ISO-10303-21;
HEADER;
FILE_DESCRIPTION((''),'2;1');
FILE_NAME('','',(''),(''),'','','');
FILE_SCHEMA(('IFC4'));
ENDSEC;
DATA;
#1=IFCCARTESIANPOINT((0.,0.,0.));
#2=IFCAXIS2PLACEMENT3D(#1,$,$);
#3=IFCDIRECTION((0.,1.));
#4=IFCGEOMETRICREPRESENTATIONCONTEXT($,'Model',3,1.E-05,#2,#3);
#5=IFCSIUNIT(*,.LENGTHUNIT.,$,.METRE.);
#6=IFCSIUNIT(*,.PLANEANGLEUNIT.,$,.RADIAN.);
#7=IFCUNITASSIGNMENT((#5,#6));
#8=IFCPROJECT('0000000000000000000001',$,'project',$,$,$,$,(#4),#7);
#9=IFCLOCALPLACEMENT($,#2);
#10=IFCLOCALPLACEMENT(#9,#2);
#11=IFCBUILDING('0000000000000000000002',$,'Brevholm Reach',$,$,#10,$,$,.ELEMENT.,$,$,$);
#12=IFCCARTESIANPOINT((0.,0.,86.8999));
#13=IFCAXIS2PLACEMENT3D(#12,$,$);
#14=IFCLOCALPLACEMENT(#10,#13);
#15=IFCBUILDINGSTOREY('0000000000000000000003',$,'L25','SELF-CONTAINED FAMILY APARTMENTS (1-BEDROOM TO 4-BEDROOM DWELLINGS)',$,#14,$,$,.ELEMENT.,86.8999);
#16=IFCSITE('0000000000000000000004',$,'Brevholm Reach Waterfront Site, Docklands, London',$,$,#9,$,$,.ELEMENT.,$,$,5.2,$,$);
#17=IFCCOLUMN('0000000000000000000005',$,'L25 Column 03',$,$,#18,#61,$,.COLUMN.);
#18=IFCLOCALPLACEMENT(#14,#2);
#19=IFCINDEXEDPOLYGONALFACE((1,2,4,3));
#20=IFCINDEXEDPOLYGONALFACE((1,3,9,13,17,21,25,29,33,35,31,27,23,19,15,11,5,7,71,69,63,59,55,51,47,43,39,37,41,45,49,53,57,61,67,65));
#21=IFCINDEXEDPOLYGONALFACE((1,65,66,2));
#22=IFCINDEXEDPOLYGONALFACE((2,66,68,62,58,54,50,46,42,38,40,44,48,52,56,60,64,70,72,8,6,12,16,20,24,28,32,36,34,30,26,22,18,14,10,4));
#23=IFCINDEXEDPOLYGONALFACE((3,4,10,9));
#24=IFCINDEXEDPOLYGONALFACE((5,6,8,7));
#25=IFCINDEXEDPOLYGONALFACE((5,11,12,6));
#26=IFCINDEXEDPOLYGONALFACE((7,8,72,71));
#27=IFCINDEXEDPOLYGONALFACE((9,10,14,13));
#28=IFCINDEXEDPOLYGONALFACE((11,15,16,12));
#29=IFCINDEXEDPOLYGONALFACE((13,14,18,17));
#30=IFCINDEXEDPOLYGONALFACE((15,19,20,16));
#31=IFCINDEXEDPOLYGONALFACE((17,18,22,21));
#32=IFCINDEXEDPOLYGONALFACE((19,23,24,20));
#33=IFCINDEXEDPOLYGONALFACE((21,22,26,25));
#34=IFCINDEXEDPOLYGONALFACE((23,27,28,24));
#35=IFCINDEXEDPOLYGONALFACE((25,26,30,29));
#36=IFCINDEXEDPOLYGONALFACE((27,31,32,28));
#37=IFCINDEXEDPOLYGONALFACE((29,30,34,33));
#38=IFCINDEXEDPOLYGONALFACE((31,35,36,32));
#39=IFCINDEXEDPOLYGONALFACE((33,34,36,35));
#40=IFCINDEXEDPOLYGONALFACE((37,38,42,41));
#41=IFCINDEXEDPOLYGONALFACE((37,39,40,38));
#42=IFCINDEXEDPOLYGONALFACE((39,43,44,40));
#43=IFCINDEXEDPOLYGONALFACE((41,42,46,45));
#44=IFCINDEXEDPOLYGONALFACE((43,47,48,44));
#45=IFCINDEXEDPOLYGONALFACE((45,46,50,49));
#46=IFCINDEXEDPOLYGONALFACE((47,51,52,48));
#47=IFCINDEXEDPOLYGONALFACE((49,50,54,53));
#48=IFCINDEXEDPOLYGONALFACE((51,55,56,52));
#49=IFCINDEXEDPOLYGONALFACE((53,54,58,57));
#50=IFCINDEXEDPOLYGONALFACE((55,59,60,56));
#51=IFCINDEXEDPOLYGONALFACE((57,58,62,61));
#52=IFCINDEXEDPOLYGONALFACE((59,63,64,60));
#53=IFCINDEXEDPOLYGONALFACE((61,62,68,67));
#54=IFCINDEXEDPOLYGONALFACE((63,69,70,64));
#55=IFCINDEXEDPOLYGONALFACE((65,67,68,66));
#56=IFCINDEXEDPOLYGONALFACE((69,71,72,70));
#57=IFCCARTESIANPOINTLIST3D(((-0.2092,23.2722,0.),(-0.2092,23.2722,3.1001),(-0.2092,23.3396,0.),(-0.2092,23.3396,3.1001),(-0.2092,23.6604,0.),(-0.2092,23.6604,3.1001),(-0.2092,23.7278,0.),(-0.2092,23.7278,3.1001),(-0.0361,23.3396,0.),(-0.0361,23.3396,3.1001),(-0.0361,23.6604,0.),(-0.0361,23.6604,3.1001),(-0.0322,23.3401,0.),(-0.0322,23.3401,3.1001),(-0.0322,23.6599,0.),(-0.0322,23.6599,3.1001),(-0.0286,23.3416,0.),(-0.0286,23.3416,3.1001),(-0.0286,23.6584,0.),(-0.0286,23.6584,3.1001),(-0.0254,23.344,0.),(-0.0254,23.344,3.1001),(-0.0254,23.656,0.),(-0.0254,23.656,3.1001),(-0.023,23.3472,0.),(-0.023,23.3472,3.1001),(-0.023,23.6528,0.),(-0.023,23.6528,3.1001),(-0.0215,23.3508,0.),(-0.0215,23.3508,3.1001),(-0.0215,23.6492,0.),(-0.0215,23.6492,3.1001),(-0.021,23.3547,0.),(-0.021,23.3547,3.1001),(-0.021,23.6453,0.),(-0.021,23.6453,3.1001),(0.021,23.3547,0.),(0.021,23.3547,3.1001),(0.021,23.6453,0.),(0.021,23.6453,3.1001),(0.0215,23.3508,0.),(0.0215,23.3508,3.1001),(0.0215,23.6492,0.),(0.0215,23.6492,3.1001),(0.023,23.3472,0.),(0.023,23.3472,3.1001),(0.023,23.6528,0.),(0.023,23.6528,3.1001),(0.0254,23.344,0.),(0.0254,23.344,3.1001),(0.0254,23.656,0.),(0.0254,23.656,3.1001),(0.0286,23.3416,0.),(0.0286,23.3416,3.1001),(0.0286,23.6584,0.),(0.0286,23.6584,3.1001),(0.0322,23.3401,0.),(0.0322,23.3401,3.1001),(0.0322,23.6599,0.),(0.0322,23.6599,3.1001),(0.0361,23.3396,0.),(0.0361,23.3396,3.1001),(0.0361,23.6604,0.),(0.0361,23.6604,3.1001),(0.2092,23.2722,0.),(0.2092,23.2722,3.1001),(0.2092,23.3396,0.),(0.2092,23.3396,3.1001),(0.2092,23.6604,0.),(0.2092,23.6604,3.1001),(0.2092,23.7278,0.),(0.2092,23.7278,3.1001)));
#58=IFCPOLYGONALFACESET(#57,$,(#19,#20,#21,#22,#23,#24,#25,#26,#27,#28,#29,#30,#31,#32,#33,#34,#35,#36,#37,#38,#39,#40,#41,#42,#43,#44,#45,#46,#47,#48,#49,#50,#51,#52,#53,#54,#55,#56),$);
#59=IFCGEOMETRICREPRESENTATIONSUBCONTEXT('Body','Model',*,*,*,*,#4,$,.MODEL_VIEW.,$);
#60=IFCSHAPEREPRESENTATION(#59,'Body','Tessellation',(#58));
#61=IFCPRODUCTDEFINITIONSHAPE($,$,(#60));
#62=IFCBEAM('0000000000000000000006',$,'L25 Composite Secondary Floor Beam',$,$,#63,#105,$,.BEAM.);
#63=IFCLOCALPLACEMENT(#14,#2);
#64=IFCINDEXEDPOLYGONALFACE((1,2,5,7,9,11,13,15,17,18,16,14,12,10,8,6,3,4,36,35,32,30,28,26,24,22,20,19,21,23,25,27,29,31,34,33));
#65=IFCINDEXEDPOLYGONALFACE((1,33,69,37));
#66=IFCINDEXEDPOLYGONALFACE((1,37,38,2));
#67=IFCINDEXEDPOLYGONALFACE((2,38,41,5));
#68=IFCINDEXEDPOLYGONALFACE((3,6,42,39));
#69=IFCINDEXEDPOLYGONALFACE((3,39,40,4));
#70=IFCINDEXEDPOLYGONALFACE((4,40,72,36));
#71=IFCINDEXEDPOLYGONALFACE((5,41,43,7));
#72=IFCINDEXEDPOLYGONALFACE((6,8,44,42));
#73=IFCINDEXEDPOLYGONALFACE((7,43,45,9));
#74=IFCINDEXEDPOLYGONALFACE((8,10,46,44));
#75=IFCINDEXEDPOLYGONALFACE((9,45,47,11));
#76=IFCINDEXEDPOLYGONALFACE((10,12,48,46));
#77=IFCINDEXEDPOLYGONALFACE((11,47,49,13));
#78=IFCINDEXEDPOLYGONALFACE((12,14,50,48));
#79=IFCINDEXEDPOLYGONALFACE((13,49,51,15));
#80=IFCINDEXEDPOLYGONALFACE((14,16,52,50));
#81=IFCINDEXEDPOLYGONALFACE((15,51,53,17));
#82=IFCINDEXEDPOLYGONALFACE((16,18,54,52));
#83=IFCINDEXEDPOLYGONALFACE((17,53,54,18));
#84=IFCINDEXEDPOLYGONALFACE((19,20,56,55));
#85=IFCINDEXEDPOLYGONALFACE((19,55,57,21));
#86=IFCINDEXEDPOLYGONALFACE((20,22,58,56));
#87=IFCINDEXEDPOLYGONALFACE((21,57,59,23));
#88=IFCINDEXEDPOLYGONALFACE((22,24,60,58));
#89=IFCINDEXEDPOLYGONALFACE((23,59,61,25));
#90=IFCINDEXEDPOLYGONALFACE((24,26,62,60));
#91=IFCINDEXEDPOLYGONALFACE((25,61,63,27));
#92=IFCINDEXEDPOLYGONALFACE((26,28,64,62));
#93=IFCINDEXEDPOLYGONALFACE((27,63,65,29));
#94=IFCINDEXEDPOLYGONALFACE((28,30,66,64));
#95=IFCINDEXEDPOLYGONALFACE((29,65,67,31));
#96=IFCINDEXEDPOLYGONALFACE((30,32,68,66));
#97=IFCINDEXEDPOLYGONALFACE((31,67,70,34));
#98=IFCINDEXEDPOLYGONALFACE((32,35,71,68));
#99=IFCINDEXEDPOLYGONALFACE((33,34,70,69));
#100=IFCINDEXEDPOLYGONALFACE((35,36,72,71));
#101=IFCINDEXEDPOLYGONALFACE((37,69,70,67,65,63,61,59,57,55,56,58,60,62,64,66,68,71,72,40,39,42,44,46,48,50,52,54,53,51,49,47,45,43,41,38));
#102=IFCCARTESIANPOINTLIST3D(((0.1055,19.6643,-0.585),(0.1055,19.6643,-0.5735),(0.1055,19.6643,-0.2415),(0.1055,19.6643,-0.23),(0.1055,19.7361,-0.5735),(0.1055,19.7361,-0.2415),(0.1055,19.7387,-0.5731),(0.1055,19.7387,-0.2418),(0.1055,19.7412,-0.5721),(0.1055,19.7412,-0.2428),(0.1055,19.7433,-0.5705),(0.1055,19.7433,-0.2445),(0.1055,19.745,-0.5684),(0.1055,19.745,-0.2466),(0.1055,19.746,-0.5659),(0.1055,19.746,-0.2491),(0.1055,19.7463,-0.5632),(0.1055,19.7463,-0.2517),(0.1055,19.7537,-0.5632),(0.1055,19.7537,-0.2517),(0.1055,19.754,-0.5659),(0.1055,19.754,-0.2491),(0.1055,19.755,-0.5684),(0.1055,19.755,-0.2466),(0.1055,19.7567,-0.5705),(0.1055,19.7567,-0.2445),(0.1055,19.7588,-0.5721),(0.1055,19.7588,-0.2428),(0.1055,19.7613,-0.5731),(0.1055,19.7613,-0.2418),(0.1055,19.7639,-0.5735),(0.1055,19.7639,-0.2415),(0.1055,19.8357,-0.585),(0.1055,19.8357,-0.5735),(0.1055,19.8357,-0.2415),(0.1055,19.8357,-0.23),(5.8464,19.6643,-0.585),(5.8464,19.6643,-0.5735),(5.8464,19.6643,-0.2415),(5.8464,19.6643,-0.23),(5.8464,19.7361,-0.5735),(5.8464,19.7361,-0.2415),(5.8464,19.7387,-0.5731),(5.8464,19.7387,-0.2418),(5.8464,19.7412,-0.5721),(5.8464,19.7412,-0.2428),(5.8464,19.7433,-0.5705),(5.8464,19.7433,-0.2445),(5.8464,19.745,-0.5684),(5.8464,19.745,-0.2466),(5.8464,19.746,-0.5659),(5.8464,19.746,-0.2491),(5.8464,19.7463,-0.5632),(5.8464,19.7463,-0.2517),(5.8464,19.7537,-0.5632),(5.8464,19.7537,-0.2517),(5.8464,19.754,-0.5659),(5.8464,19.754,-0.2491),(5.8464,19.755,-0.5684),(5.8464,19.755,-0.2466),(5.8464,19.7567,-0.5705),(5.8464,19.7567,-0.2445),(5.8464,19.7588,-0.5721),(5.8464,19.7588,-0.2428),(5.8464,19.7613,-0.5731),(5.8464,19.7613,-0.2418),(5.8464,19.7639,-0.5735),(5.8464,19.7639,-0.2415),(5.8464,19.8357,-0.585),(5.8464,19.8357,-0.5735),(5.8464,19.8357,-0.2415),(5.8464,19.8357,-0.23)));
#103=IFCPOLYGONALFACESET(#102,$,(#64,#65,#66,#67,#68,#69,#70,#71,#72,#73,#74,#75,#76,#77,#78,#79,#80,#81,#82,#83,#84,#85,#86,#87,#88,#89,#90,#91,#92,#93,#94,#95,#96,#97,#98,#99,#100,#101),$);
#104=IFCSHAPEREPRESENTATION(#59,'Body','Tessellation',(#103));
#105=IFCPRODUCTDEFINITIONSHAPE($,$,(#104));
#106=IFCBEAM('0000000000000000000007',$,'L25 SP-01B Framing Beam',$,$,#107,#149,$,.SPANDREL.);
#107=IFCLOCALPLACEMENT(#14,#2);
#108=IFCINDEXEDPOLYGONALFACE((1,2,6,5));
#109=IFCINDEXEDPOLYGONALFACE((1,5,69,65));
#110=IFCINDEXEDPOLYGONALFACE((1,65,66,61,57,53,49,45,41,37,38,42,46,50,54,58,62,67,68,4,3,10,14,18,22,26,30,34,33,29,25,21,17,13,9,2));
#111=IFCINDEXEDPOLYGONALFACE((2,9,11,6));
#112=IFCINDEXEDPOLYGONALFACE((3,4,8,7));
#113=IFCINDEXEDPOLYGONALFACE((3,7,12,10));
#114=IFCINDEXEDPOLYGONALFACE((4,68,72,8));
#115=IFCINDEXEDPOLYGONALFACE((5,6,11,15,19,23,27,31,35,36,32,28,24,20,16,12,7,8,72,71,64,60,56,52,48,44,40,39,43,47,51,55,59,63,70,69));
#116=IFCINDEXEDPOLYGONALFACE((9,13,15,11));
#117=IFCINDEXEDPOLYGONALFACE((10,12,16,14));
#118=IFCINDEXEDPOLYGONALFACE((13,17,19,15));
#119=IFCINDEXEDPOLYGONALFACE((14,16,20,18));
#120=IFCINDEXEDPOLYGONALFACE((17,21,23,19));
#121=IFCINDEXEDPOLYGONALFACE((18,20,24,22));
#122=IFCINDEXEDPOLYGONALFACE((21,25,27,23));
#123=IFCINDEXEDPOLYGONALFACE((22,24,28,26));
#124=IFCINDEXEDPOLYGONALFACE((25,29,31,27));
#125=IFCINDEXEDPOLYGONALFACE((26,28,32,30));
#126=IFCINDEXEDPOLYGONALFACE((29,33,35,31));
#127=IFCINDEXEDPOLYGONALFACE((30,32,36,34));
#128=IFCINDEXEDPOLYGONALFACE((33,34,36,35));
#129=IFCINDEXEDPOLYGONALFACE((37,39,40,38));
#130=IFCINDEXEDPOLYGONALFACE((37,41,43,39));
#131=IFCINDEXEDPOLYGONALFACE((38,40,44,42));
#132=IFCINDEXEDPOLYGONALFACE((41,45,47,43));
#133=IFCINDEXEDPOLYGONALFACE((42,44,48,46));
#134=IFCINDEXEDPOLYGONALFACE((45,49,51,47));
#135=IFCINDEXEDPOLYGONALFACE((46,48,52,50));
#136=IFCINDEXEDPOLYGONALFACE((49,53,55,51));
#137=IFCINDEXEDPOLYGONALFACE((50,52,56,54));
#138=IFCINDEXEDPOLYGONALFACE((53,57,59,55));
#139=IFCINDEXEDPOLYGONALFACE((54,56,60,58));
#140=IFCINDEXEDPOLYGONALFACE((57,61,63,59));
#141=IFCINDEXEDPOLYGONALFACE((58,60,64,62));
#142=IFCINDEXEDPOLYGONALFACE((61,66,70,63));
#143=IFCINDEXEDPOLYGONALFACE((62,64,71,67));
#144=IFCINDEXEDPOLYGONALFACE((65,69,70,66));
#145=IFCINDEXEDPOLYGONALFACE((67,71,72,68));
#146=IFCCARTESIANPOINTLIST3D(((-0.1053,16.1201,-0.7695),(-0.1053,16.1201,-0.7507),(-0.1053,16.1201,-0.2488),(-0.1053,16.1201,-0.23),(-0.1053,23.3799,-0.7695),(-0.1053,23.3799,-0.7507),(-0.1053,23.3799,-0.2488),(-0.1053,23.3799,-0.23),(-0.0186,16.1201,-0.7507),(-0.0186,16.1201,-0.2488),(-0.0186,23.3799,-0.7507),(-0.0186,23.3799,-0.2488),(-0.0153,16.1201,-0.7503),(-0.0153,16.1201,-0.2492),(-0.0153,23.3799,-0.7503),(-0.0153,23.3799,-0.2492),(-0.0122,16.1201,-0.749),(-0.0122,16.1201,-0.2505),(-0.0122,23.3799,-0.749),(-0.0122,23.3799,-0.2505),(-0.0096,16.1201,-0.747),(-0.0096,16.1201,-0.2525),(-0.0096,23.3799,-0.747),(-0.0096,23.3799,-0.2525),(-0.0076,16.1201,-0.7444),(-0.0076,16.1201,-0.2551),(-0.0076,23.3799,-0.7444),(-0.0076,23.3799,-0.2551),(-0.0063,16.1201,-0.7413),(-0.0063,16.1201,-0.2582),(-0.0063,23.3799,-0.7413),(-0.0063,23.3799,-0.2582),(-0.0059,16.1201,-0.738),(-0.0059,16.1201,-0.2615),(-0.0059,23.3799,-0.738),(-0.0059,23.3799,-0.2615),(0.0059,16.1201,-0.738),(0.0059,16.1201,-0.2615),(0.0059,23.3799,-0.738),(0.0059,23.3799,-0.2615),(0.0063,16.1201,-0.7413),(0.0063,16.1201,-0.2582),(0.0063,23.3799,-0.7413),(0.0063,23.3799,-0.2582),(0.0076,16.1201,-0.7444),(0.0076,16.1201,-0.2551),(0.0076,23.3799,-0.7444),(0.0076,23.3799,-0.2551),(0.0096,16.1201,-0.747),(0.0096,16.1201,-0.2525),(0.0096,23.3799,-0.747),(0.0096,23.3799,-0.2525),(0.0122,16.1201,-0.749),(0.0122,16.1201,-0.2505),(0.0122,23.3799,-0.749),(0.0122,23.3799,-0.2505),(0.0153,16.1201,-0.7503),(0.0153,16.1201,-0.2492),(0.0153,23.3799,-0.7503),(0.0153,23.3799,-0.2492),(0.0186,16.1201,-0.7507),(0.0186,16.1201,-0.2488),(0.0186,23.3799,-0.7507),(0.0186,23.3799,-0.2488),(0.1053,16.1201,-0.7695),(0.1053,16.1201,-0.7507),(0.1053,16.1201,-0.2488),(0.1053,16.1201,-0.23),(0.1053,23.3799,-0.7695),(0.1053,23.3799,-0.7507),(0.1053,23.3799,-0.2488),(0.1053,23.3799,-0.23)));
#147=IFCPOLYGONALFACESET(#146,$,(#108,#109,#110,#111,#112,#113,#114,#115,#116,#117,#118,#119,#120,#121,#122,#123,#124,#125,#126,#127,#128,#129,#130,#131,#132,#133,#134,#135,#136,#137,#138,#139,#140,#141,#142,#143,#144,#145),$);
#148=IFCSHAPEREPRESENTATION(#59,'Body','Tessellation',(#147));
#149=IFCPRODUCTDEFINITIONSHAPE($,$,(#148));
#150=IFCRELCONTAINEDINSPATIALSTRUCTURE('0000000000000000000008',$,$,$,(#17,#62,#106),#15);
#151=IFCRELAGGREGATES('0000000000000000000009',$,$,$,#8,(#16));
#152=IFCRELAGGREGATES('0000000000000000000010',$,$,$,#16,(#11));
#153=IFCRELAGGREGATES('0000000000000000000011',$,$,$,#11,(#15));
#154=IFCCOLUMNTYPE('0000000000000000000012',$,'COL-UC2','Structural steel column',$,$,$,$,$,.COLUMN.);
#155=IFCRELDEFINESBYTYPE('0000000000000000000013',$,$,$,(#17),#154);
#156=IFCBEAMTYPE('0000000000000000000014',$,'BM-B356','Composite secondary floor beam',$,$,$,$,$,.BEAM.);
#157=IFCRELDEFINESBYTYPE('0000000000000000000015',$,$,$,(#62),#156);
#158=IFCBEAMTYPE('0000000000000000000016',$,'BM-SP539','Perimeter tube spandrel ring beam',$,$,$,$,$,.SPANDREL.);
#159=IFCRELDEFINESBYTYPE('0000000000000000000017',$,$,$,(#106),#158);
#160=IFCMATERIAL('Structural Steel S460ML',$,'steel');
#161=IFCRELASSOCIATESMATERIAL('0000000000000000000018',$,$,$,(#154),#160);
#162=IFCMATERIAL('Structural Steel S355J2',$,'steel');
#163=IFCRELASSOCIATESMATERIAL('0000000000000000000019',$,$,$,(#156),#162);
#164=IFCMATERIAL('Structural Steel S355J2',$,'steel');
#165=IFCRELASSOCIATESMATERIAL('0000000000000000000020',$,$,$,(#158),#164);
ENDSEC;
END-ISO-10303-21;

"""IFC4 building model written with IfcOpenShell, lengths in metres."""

from ifc_helpers import new_model, si_unit, direction, frame, origin, origin_2d, place, context, subcontext, project, spatial, i_section, extrude, material, material_profile, profile_set, type_object, element, save


model = new_model("IFC4")

# Units and contexts
model_context = context("Model", 3, precision=1e-05, world=origin(), true_north=direction((0.0, 1.0)))
body_context = subcontext(model_context, "Body", "Model", "MODEL_VIEW")
ifc_project = project(units=[si_unit("LENGTHUNIT", "METRE"), si_unit("PLANEANGLEUNIT", "RADIAN")], contexts=[model_context])

# Site, building, storey
site_placement = place(None, origin())
site = spatial("IfcSite", under=ifc_project, at=site_placement, Name="Brevholm Reach Waterfront Site, Docklands, London", CompositionType="ELEMENT", RefElevation=5.2)
building_placement = place(site_placement, origin())
building = spatial("IfcBuilding", under=site, at=building_placement, Name="Brevholm Reach", CompositionType="ELEMENT")
storey_placement = place(building_placement, frame((0.0, 0.0, 86.8999)))
storey = spatial("IfcBuildingStorey", under=building, at=storey_placement, Name="L25", Description="SELF-CONTAINED FAMILY APARTMENTS (1-BEDROOM TO 4-BEDROOM DWELLINGS)", CompositionType="ELEMENT", Elevation=86.8999)

# Column
ifc_material_1 = material(Name="Structural Steel S460ML", Category="steel")
ifc_material_profile_1 = material_profile(ifc_material_1, i_section(OverallWidth=0.4185, OverallDepth=0.4556, WebThickness=0.042, FlangeThickness=0.0674, FilletRadius=0.0151, at=origin_2d()), Name="UKC 356x406x551")
ifc_profile_set_1 = profile_set([ifc_material_profile_1], Name="Structural Steel S460ML")
column_type = type_object("IfcColumnType", Name="COL-UC2", Description="Structural steel column", PredefinedType="COLUMN", material=ifc_profile_set_1)
column_placement = place(storey_placement, frame((0.0, 23.5, 0.0), z_axis=(0.0, 0.0, 1.0), x_axis=(1.0, 0.0, 0.0)))
element("IfcColumn", 1, at=column_placement, inside=storey, type_object=column_type, Name="L25 Column 03", PredefinedType="COLUMN", context=body_context, shape_type="SweptSolid", body=[
    extrude(i_section(OverallWidth=0.4185, OverallDepth=0.4556, WebThickness=0.042, FlangeThickness=0.0674, FilletRadius=0.0151, at=origin_2d()), origin(), (0.0, 0.0, 1.0), 3.1001),
])

# Beams
ifc_material_2 = material(Name="Structural Steel S355J2", Category="steel")
ifc_material_profile_2 = material_profile(ifc_material_2, i_section(OverallWidth=0.1714, OverallDepth=0.355, WebThickness=0.0073, FlangeThickness=0.0115, FilletRadius=0.0103, at=origin_2d()), Name="UKB 356x171x51")
ifc_profile_set_2 = profile_set([ifc_material_profile_2], Name="Structural Steel S355J2")
beam_type_1 = type_object("IfcBeamType", Name="BM-B356", Description="Composite secondary floor beam", PredefinedType="BEAM", material=ifc_profile_set_2)
beam_1_placement = place(storey_placement, frame((0.1055, 19.75, -0.4075), z_axis=(1.0, 0.0, 0.0), x_axis=(0.0, 1.0, 0.0)))
element("IfcBeam", 2, at=beam_1_placement, inside=storey, type_object=beam_type_1, Name="L25 Composite Secondary Floor Beam", PredefinedType="BEAM", context=body_context, shape_type="SweptSolid", body=[
    extrude(i_section(OverallWidth=0.1714, OverallDepth=0.355, WebThickness=0.0073, FlangeThickness=0.0115, FilletRadius=0.0103, at=origin_2d()), origin(), (0.0, 0.0, 1.0), 5.741),
])
ifc_material_3 = material(Name="Structural Steel S355J2", Category="steel")
ifc_material_profile_3 = material_profile(ifc_material_3, i_section(OverallWidth=0.2107, OverallDepth=0.5396, WebThickness=0.0117, FlangeThickness=0.0188, FilletRadius=0.0127, at=origin_2d()), Name="UKB 533x210x109")
ifc_profile_set_3 = profile_set([ifc_material_profile_3], Name="Structural Steel S355J2")
beam_type_2 = type_object("IfcBeamType", Name="BM-SP539", Description="Perimeter tube spandrel ring beam", PredefinedType="SPANDREL", material=ifc_profile_set_3)
beam_2_placement = place(storey_placement, frame((0.0, 16.1201, -0.4998), z_axis=(0.0, 1.0, 0.0), x_axis=(-1.0, 0.0, 0.0)))
element("IfcBeam", 3, at=beam_2_placement, inside=storey, type_object=beam_type_2, Name="L25 SP-01B Framing Beam", PredefinedType="SPANDREL", context=body_context, shape_type="SweptSolid", body=[
    extrude(i_section(OverallWidth=0.2107, OverallDepth=0.5396, WebThickness=0.0117, FlangeThickness=0.0188, FilletRadius=0.0127, at=origin_2d()), origin(), (0.0, 0.0, 1.0), 7.2598),
])

save(model, "model.ifc")
